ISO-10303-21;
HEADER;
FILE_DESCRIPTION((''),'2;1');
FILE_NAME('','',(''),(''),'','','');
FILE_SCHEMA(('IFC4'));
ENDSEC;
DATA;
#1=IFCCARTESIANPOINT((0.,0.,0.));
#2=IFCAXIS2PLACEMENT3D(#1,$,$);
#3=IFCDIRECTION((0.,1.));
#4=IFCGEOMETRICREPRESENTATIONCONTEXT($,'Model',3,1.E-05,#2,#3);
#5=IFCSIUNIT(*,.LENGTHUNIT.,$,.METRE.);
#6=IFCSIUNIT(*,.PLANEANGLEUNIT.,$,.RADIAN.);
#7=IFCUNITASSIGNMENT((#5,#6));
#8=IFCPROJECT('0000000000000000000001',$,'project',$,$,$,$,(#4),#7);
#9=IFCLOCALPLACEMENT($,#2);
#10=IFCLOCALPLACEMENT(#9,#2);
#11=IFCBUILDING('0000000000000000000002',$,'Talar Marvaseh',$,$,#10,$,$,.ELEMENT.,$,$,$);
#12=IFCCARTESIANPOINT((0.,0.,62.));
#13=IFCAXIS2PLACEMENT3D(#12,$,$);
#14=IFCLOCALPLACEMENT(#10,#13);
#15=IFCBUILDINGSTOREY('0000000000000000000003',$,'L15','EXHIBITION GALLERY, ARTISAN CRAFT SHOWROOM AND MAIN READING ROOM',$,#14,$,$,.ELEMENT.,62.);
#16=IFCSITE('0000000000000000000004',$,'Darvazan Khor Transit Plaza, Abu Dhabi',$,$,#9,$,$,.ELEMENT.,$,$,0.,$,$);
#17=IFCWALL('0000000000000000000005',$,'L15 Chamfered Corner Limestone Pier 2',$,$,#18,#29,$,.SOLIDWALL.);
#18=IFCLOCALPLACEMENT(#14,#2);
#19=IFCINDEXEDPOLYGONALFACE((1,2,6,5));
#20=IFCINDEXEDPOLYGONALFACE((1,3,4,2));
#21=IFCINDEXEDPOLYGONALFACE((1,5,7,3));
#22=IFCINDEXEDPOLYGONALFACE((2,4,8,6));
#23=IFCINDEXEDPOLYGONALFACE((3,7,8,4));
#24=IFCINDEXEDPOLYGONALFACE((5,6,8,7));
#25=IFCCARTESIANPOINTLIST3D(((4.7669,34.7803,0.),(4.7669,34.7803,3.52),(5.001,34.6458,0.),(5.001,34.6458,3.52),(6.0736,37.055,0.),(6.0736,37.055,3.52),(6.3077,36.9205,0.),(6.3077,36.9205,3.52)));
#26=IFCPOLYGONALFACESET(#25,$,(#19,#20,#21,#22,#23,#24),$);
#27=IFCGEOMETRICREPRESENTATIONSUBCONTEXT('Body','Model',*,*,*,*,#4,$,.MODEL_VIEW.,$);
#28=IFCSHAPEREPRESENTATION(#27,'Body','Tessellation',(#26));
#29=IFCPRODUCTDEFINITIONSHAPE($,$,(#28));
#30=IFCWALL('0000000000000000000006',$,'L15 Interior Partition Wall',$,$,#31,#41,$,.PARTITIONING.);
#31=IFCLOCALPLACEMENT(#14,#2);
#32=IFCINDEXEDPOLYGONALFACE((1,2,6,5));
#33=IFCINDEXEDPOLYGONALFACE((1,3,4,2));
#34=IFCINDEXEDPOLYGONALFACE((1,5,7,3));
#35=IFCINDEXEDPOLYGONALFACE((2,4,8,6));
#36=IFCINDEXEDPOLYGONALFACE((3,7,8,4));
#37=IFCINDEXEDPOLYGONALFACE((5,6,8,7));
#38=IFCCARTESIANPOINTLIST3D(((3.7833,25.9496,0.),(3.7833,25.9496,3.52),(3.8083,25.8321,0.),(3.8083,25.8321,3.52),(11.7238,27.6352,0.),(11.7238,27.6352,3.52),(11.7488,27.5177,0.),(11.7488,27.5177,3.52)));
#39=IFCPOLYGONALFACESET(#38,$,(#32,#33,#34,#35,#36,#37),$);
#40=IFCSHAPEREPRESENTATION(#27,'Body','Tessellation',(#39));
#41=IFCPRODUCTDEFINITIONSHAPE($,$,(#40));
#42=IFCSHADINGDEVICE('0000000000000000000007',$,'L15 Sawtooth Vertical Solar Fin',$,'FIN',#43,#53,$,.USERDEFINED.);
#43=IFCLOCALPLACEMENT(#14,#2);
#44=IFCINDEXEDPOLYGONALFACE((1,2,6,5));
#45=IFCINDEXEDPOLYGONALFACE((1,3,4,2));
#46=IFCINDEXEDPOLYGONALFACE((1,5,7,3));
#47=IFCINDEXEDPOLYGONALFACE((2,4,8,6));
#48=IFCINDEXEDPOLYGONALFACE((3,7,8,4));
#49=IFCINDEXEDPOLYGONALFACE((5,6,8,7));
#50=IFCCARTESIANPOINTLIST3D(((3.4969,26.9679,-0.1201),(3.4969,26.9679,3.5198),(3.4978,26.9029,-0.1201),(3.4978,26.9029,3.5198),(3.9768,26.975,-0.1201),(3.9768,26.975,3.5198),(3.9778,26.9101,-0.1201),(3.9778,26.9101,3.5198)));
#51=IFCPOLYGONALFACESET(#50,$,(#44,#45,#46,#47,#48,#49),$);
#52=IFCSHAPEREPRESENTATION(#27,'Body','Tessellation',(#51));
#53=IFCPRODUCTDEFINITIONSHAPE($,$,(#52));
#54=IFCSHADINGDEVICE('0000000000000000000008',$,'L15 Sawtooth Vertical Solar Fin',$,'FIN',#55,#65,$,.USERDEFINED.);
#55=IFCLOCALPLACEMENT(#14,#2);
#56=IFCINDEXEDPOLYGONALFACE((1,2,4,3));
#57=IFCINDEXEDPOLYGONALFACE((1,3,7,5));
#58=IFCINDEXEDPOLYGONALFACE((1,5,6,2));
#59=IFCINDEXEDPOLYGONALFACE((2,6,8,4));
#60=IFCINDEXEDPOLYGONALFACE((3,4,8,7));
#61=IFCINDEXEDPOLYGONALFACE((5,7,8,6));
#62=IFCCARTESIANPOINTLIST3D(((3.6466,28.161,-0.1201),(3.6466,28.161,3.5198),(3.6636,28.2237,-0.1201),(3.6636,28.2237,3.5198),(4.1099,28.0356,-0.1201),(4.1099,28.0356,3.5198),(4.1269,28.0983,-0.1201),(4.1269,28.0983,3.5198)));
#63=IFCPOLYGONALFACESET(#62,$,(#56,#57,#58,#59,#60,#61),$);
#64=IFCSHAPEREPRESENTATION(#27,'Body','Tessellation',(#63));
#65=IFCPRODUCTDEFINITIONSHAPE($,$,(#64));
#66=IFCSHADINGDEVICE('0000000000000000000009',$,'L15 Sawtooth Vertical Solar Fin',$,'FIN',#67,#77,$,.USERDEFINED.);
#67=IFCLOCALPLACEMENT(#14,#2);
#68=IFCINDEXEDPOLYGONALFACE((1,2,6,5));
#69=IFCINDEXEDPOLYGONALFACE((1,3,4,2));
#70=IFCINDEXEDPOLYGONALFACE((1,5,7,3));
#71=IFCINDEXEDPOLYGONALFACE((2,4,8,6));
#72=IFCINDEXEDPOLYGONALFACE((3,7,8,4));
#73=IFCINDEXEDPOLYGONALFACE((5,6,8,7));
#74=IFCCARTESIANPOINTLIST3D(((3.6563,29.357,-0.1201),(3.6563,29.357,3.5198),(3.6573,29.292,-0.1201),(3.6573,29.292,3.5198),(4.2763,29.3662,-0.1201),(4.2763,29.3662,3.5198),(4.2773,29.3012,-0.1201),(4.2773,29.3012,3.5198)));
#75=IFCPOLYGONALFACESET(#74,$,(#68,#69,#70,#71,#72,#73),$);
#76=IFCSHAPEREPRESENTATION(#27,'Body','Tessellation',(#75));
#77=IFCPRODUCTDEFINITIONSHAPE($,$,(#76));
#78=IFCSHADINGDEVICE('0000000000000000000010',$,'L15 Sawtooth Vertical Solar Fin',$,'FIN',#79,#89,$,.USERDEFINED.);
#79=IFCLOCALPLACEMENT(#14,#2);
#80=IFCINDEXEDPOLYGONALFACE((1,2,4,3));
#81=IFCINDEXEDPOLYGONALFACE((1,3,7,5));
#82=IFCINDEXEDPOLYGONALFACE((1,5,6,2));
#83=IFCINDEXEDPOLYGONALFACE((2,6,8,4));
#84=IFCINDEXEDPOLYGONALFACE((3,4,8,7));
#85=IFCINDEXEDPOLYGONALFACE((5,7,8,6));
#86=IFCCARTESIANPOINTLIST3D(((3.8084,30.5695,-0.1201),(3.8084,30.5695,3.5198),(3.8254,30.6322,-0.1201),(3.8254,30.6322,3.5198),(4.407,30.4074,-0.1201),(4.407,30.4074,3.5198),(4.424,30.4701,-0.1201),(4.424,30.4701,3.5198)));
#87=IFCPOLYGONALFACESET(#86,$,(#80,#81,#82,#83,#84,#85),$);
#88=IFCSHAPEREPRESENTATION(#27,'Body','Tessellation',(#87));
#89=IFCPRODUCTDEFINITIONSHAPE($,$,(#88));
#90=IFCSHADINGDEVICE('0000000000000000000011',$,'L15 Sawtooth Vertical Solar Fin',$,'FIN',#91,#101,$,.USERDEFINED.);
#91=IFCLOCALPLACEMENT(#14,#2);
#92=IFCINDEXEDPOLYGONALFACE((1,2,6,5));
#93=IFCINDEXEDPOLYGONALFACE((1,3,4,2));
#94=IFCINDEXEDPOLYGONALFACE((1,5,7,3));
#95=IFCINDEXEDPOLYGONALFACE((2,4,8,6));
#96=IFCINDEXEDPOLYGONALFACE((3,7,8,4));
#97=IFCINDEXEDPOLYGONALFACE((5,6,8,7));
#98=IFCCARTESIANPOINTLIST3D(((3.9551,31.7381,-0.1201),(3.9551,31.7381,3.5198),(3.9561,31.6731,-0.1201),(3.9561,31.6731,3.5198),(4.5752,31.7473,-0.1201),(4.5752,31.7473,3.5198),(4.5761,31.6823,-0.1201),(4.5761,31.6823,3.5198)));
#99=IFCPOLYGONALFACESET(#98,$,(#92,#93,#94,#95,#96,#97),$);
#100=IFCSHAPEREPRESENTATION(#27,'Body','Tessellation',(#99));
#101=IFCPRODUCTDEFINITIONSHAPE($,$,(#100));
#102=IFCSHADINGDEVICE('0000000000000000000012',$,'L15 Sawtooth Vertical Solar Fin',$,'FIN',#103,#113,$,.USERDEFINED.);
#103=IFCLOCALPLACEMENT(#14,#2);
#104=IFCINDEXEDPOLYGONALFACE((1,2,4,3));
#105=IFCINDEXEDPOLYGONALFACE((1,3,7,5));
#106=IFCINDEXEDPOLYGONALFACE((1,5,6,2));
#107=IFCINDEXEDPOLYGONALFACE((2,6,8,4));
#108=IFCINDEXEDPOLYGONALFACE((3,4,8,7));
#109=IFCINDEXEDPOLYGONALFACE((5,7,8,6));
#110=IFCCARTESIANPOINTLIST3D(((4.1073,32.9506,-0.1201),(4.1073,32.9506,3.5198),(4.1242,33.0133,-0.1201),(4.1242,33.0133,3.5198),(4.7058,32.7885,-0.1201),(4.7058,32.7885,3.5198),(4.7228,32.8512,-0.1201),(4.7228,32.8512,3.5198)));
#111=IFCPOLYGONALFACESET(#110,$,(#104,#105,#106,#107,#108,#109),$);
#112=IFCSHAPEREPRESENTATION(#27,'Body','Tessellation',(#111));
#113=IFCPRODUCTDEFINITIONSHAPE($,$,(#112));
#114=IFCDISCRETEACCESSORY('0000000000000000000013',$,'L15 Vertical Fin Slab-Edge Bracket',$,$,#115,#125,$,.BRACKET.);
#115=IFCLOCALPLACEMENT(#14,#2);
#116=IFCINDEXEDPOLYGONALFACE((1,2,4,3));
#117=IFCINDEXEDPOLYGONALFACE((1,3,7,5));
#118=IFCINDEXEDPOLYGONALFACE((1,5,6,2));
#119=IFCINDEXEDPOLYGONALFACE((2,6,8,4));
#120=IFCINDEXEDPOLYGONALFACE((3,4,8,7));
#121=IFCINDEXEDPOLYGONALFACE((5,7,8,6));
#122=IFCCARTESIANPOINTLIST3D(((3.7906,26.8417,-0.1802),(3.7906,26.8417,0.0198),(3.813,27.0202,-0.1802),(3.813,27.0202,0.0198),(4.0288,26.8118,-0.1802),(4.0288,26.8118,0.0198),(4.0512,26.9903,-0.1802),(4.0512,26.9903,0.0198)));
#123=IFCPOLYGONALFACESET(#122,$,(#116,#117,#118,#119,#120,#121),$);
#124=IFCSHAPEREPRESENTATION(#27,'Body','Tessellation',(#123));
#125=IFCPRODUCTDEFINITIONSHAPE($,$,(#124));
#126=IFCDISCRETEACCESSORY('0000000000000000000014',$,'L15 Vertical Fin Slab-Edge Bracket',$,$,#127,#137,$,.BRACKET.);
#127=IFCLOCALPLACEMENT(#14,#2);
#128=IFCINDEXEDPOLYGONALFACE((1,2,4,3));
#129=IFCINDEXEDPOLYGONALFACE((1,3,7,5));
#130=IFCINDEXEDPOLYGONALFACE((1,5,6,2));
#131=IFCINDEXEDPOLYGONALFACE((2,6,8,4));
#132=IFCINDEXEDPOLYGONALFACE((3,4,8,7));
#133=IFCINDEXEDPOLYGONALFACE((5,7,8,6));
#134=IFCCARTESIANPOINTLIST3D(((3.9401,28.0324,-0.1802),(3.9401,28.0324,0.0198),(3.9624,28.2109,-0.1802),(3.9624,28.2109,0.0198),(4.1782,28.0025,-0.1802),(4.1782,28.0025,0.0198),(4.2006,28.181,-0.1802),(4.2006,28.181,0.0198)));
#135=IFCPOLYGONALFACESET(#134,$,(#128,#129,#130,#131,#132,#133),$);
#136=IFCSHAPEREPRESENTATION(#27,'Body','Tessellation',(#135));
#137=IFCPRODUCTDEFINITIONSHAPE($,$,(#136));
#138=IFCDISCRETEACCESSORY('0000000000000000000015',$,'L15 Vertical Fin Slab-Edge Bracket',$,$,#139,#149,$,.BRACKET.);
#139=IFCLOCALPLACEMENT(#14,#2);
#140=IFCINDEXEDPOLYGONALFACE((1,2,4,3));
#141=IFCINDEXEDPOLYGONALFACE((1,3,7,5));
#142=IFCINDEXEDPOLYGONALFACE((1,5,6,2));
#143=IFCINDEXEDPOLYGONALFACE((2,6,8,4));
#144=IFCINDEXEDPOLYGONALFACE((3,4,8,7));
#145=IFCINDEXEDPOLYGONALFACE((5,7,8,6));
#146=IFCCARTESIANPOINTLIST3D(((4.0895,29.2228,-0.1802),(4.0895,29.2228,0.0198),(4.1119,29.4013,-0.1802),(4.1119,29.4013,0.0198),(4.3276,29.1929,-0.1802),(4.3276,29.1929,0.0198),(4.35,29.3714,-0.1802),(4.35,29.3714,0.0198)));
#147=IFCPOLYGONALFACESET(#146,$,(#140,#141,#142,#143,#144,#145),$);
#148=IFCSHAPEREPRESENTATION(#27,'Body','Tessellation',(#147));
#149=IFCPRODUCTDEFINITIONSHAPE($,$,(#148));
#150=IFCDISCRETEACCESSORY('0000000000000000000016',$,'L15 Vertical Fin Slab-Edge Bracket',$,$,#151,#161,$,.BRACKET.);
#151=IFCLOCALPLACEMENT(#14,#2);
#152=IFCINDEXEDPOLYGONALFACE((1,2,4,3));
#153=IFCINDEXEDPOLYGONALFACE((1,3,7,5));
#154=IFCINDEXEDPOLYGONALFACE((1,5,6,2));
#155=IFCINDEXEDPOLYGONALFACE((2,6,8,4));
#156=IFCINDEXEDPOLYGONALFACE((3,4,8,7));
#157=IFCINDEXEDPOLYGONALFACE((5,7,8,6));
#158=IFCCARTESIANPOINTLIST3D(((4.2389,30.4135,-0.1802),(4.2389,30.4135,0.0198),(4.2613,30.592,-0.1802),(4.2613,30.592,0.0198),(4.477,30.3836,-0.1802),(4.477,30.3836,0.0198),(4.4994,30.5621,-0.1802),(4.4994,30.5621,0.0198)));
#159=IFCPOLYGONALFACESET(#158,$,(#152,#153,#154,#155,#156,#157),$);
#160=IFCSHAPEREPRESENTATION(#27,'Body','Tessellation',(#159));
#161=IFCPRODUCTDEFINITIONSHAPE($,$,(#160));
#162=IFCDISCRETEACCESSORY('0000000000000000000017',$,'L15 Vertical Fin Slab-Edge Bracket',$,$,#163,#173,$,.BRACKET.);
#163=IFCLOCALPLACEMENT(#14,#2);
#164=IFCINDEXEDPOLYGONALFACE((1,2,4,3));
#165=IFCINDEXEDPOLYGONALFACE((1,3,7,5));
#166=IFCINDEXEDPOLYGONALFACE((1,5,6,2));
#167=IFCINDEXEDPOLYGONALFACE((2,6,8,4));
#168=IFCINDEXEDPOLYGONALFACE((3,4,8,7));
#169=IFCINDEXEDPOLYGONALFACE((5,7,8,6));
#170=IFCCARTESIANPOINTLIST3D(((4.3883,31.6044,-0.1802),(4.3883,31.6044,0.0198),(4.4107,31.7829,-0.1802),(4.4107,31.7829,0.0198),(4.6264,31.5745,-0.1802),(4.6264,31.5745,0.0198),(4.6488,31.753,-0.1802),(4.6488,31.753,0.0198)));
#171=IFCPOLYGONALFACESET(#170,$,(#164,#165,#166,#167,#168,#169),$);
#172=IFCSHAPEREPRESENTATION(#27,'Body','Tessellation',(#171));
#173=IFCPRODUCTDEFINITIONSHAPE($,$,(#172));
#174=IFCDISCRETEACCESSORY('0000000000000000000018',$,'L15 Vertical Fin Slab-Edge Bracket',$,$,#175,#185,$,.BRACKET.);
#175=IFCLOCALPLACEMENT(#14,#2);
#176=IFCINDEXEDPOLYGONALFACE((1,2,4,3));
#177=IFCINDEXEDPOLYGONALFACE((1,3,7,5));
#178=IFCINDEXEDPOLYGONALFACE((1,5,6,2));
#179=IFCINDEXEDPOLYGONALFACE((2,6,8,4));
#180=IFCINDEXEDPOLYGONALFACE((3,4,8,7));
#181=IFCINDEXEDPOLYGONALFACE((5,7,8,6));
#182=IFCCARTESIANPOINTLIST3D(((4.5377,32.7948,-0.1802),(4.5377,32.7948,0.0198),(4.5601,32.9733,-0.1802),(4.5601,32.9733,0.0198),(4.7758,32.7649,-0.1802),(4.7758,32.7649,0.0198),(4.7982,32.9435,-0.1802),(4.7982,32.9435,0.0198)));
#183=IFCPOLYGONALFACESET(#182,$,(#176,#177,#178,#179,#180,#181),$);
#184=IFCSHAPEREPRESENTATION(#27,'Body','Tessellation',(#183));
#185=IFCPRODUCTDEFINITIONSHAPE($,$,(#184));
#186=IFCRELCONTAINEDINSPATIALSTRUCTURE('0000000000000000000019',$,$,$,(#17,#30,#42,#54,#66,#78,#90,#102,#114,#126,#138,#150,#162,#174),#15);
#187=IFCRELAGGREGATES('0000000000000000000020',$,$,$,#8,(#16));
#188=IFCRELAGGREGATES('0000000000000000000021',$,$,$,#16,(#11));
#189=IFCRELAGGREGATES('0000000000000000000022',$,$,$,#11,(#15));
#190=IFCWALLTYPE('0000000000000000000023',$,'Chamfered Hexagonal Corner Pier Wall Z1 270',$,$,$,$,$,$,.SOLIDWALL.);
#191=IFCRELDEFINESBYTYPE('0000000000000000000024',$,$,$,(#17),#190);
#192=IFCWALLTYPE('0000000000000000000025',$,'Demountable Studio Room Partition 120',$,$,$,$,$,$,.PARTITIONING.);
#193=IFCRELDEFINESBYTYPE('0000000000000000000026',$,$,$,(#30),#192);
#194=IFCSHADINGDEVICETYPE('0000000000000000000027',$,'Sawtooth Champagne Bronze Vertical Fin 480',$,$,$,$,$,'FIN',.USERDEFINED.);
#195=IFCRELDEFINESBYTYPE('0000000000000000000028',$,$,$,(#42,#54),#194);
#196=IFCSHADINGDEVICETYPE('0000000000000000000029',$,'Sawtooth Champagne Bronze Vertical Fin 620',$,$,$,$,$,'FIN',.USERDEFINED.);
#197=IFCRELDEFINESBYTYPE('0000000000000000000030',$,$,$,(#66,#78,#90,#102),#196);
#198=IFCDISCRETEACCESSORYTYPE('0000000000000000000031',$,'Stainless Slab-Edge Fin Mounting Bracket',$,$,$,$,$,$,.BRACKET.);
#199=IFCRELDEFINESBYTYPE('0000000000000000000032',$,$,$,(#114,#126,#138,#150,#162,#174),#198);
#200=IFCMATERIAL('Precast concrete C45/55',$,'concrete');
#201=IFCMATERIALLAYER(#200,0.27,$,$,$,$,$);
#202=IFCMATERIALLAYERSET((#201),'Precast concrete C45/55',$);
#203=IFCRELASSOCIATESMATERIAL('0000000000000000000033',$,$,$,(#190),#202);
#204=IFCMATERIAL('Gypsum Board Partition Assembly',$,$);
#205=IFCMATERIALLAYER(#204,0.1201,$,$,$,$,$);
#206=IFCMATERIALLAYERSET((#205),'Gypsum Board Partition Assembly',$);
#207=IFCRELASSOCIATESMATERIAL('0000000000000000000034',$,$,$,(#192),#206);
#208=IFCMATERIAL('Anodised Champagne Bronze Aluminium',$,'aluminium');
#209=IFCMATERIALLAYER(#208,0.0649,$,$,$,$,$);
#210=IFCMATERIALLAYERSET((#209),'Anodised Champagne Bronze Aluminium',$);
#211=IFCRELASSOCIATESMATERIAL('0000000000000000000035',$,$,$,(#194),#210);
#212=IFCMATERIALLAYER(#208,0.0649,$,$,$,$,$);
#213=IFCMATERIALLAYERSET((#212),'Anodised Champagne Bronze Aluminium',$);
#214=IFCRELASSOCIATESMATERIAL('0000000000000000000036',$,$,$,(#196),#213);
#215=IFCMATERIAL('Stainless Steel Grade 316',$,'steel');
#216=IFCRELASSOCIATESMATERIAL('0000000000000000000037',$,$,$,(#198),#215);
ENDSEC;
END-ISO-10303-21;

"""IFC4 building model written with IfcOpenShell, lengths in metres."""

from ifc_helpers import new_model, si_unit, direction, frame, frame_2d, origin, origin_2d, place, context, subcontext, project, spatial, rectangle, extrude, source, transform, mapped, material, layer, layer_set, type_object, type_shapes, element, save


model = new_model("IFC4")

# Units and contexts
model_context = context("Model", 3, precision=1e-05, world=origin(), true_north=direction((0.0, 1.0)))
body_context = subcontext(model_context, "Body", "Model", "MODEL_VIEW")
ifc_project = project(units=[si_unit("LENGTHUNIT", "METRE"), si_unit("PLANEANGLEUNIT", "RADIAN")], contexts=[model_context])

# Site, building, storey
site_placement = place(None, origin())
site = spatial("IfcSite", under=ifc_project, at=site_placement, Name="Darvazan Khor Transit Plaza, Abu Dhabi", CompositionType="ELEMENT", RefElevation=0.0)
building_placement = place(site_placement, origin())
building = spatial("IfcBuilding", under=site, at=building_placement, Name="Talar Marvaseh", CompositionType="ELEMENT")
storey_placement = place(building_placement, frame((0.0, 0.0, 62.0)))
storey = spatial("IfcBuildingStorey", under=building, at=storey_placement, Name="L15", Description="EXHIBITION GALLERY, ARTISAN CRAFT SHOWROOM AND MAIN READING ROOM", CompositionType="ELEMENT", Elevation=62.0)

# Walls
ifc_material_1 = material(Name="Precast concrete C45/55", Category="concrete")
ifc_layer_1 = layer(ifc_material_1, 0.27)
ifc_layer_set_1 = layer_set([ifc_layer_1], Name="Precast concrete C45/55")
wall_type_1 = type_object("IfcWallType", Name="Chamfered Hexagonal Corner Pier Wall Z1 270", PredefinedType="SOLIDWALL", material=ifc_layer_set_1)
wall_1_placement = place(storey_placement, frame((4.884, 34.7131, 0.0), z_axis=(0.0, 0.0, 1.0), x_axis=(0.498102, 0.867118, 0.0)))
element("IfcWall", 1, at=wall_1_placement, inside=storey, type_object=wall_type_1, Name="L15 Chamfered Corner Limestone Pier 2", PredefinedType="SOLIDWALL", context=body_context, shape_type="SweptSolid", body=[
    extrude(rectangle(XDim=2.6233, YDim=0.27, at=frame_2d((1.3115, 0.0))), origin(), (0.0, 0.0, 1.0), 3.52),
])
ifc_material_2 = material(Name="Gypsum Board Partition Assembly")
ifc_layer_2 = layer(ifc_material_2, 0.1201)
ifc_layer_set_2 = layer_set([ifc_layer_2], Name="Gypsum Board Partition Assembly")
wall_type_2 = type_object("IfcWallType", Name="Demountable Studio Room Partition 120", PredefinedType="PARTITIONING", material=ifc_layer_set_2)
wall_2_placement = place(storey_placement, frame((3.7959, 25.8909, 0.0), z_axis=(0.0, 0.0, 1.0), x_axis=(0.978204, 0.207647, 0.0)))
element("IfcWall", 2, at=wall_2_placement, inside=storey, type_object=wall_type_2, Name="L15 Interior Partition Wall", PredefinedType="PARTITIONING", context=body_context, shape_type="SweptSolid", body=[
    extrude(rectangle(XDim=8.1174, YDim=0.1201, at=frame_2d((4.0586, 0.0))), origin(), (0.0, 0.0, 1.0), 3.52),
])

# Shading devices
ifc_material_3 = material(Name="Anodised Champagne Bronze Aluminium", Category="aluminium")
ifc_layer_3 = layer(ifc_material_3, 0.0649)
ifc_layer_set_3 = layer_set([ifc_layer_3], Name="Anodised Champagne Bronze Aluminium")
shading_device_type_1 = type_object("IfcShadingDeviceType", Name="Sawtooth Champagne Bronze Vertical Fin 480", ElementType="FIN", PredefinedType="USERDEFINED", material=ifc_layer_set_3)
shared_shape_1 = source(origin(), body_context, "Body", "SweptSolid", [
    extrude(rectangle(XDim=0.48, YDim=0.0649, at=origin_2d()), origin(), (0.0, 0.0, 1.0), 3.6399),
])
type_shapes(shading_device_type_1, [shared_shape_1])
for number, where, z_axis, x_axis, name in (
    (3, (3.7373, 26.939, -0.1201), (0.0, 0.0, 1.0), (-0.99989, -0.014835, 0.0), "L15 Sawtooth Vertical Solar Fin"),
    (4, (3.8867, 28.1296, -0.1201), (0.0, 0.0, 1.0), (-0.965245, 0.261347, 0.0), "L15 Sawtooth Vertical Solar Fin"),
):
    element("IfcShadingDevice", number, at=place(storey_placement, frame(where, z_axis=z_axis, x_axis=x_axis)), inside=storey, type_object=shading_device_type_1, Name=name, ObjectType="FIN", PredefinedType="USERDEFINED", context=body_context, shape_type="MappedRepresentation", body=[
        mapped(shared_shape_1, transform((0.0, 0.0, 0.0), x_axis=(1.0, 0.0, 0.0), y_axis=(0.0, 1.0, 0.0), z_axis=(0.0, 0.0, 1.0), scale=1.0)),
    ])
ifc_layer_4 = layer(ifc_material_3, 0.0649)
ifc_layer_set_4 = layer_set([ifc_layer_4], Name="Anodised Champagne Bronze Aluminium")
shading_device_type_2 = type_object("IfcShadingDeviceType", Name="Sawtooth Champagne Bronze Vertical Fin 620", ElementType="FIN", PredefinedType="USERDEFINED", material=ifc_layer_set_4)
shared_shape_2 = source(origin(), body_context, "Body", "SweptSolid", [
    extrude(rectangle(XDim=0.6201, YDim=0.0649, at=origin_2d()), origin(), (0.0, 0.0, 1.0), 3.6399),
])
type_shapes(shading_device_type_2, [shared_shape_2])
for number, where, z_axis, x_axis, name in (
    (5, (3.9668, 29.3291, -0.1201), (0.0, 0.0, 1.0), (-0.99989, -0.014835, 0.0), "L15 Sawtooth Vertical Solar Fin"),
    (6, (4.1162, 30.5198, -0.1201), (0.0, 0.0, 1.0), (-0.965245, 0.261347, 0.0), "L15 Sawtooth Vertical Solar Fin"),
    (7, (4.2656, 31.7102, -0.1201), (0.0, 0.0, 1.0), (-0.99989, -0.014835, 0.0), "L15 Sawtooth Vertical Solar Fin"),
    (8, (4.415, 32.9009, -0.1201), (0.0, 0.0, 1.0), (-0.965245, 0.261347, 0.0), "L15 Sawtooth Vertical Solar Fin"),
):
    element("IfcShadingDevice", number, at=place(storey_placement, frame(where, z_axis=z_axis, x_axis=x_axis)), inside=storey, type_object=shading_device_type_2, Name=name, ObjectType="FIN", PredefinedType="USERDEFINED", context=body_context, shape_type="MappedRepresentation", body=[
        mapped(shared_shape_2, transform((0.0, 0.0, 0.0), x_axis=(1.0, 0.0, 0.0), y_axis=(0.0, 1.0, 0.0), z_axis=(0.0, 0.0, 1.0), scale=1.0)),
    ])

# Discrete accessories
ifc_material_4 = material(Name="Stainless Steel Grade 316", Category="steel")
discrete_accessory_type = type_object("IfcDiscreteAccessoryType", Name="Stainless Slab-Edge Fin Mounting Bracket", PredefinedType="BRACKET", material=ifc_material_4)
shared_shape_3 = source(origin(), body_context, "Body", "SweptSolid", [
    extrude(rectangle(XDim=0.24, YDim=0.1799, at=origin_2d()), origin(), (0.0, 0.0, 1.0), 0.2),
])
type_shapes(discrete_accessory_type, [shared_shape_3])
for number, where, z_axis, x_axis, name in (
    (9, (3.9209, 26.916, -0.1802), (0.0, 0.0, 1.0), (-0.992224, 0.124467, 0.0), "L15 Vertical Fin Slab-Edge Bracket"),
    (10, (4.0703, 28.1067, -0.1802), (0.0, 0.0, 1.0), (-0.992224, 0.124467, 0.0), "L15 Vertical Fin Slab-Edge Bracket"),
    (11, (4.2197, 29.2971, -0.1802), (0.0, 0.0, 1.0), (-0.992224, 0.124467, 0.0), "L15 Vertical Fin Slab-Edge Bracket"),
    (12, (4.3691, 30.4878, -0.1802), (0.0, 0.0, 1.0), (-0.992224, 0.124467, 0.0), "L15 Vertical Fin Slab-Edge Bracket"),
    (13, (4.5186, 31.6787, -0.1802), (0.0, 0.0, 1.0), (-0.992224, 0.124467, 0.0), "L15 Vertical Fin Slab-Edge Bracket"),
    (14, (4.668, 32.8691, -0.1802), (0.0, 0.0, 1.0), (-0.992224, 0.124467, 0.0), "L15 Vertical Fin Slab-Edge Bracket"),
):
    element("IfcDiscreteAccessory", number, at=place(storey_placement, frame(where, z_axis=z_axis, x_axis=x_axis)), inside=storey, type_object=discrete_accessory_type, Name=name, PredefinedType="BRACKET", context=body_context, shape_type="MappedRepresentation", body=[
        mapped(shared_shape_3, transform((0.0, 0.0, 0.0), x_axis=(1.0, 0.0, 0.0), y_axis=(0.0, 1.0, 0.0), z_axis=(0.0, 0.0, 1.0), scale=1.0)),
    ])

save(model, "model.ifc")
